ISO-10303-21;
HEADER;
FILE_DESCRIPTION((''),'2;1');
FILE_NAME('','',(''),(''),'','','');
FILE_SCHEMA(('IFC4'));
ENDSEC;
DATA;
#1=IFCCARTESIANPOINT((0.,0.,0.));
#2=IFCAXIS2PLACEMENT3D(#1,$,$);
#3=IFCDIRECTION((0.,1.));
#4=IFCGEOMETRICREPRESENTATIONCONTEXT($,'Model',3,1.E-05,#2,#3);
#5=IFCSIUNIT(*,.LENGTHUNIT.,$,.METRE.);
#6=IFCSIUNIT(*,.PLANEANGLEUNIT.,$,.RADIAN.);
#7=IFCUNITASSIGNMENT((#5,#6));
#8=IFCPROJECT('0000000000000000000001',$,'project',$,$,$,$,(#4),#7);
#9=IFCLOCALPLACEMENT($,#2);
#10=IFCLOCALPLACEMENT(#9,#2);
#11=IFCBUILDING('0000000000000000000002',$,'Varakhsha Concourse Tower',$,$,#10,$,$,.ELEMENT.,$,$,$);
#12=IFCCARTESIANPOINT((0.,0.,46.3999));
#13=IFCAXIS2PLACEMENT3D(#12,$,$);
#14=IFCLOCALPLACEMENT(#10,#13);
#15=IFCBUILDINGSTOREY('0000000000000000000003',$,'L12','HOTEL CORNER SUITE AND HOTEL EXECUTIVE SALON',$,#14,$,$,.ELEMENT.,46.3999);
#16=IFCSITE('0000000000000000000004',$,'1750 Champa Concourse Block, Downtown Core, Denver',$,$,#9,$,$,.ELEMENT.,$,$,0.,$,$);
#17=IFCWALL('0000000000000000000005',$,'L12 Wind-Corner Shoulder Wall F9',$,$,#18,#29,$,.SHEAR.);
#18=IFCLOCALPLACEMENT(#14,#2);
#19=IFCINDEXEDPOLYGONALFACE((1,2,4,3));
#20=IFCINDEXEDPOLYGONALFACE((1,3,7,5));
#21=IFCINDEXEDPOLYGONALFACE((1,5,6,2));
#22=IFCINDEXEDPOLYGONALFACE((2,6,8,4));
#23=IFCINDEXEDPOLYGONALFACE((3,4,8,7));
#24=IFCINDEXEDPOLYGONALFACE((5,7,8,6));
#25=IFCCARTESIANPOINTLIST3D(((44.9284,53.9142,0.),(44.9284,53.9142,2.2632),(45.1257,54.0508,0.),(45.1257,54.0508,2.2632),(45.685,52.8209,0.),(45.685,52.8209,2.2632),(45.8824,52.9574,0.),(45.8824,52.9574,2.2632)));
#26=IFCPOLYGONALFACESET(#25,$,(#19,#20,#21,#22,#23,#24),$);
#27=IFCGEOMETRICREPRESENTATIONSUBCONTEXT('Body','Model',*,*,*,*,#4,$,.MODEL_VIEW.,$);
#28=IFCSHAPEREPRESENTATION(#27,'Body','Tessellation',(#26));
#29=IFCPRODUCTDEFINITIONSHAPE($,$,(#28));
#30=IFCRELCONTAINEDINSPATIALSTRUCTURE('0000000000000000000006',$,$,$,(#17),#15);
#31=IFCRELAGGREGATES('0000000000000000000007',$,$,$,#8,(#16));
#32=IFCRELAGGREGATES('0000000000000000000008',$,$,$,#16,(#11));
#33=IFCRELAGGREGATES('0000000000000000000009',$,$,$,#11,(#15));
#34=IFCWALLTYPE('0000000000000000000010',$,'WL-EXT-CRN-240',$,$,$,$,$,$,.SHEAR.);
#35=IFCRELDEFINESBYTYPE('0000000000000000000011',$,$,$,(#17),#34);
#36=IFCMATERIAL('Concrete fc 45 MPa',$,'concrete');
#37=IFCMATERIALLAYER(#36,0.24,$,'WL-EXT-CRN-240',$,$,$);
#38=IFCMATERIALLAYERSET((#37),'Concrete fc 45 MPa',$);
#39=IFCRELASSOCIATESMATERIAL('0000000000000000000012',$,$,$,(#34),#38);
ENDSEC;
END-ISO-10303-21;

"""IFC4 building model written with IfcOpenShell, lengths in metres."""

from ifc_helpers import new_model, si_unit, direction, frame, frame_2d, origin, place, context, subcontext, project, spatial, rectangle, extrude, material, layer, layer_set, type_object, element, save


model = new_model("IFC4")

# Units and contexts
model_context = context("Model", 3, precision=1e-05, world=origin(), true_north=direction((0.0, 1.0)))
body_context = subcontext(model_context, "Body", "Model", "MODEL_VIEW")
ifc_project = project(units=[si_unit("LENGTHUNIT", "METRE"), si_unit("PLANEANGLEUNIT", "RADIAN")], contexts=[model_context])

# Site, building, storey
site_placement = place(None, origin())
site = spatial("IfcSite", under=ifc_project, at=site_placement, Name="1750 Champa Concourse Block, Downtown Core, Denver", CompositionType="ELEMENT", RefElevation=0.0)
building_placement = place(site_placement, origin())
building = spatial("IfcBuilding", under=site, at=building_placement, Name="Varakhsha Concourse Tower", CompositionType="ELEMENT")
storey_placement = place(building_placement, frame((0.0, 0.0, 46.3999)))
storey = spatial("IfcBuildingStorey", under=building, at=storey_placement, Name="L12", Description="HOTEL CORNER SUITE AND HOTEL EXECUTIVE SALON", CompositionType="ELEMENT", Elevation=46.3999)

# Wall
ifc_material_1 = material(Name="Concrete fc 45 MPa", Category="concrete")
ifc_layer_1 = layer(ifc_material_1, 0.24, Name="WL-EXT-CRN-240")
ifc_layer_set_1 = layer_set([ifc_layer_1], Name="Concrete fc 45 MPa")
wall_type = type_object("IfcWallType", Name="WL-EXT-CRN-240", PredefinedType="SHEAR", material=ifc_layer_set_1)
wall_placement = place(storey_placement, frame((45.7837, 52.8892, 0.0), z_axis=(0.0, 0.0, 1.0), x_axis=(-0.569067, 0.822291, 0.0)))
element("IfcWall", 1, at=wall_placement, inside=storey, type_object=wall_type, Name="L12 Wind-Corner Shoulder Wall F9", PredefinedType="SHEAR", context=body_context, shape_type="SweptSolid", body=[
    extrude(rectangle(XDim=1.3296, YDim=0.24, at=frame_2d((0.6648, 0.0))), origin(), (0.0, 0.0, 1.0), 2.2632),
])

save(model, "model.ifc")
